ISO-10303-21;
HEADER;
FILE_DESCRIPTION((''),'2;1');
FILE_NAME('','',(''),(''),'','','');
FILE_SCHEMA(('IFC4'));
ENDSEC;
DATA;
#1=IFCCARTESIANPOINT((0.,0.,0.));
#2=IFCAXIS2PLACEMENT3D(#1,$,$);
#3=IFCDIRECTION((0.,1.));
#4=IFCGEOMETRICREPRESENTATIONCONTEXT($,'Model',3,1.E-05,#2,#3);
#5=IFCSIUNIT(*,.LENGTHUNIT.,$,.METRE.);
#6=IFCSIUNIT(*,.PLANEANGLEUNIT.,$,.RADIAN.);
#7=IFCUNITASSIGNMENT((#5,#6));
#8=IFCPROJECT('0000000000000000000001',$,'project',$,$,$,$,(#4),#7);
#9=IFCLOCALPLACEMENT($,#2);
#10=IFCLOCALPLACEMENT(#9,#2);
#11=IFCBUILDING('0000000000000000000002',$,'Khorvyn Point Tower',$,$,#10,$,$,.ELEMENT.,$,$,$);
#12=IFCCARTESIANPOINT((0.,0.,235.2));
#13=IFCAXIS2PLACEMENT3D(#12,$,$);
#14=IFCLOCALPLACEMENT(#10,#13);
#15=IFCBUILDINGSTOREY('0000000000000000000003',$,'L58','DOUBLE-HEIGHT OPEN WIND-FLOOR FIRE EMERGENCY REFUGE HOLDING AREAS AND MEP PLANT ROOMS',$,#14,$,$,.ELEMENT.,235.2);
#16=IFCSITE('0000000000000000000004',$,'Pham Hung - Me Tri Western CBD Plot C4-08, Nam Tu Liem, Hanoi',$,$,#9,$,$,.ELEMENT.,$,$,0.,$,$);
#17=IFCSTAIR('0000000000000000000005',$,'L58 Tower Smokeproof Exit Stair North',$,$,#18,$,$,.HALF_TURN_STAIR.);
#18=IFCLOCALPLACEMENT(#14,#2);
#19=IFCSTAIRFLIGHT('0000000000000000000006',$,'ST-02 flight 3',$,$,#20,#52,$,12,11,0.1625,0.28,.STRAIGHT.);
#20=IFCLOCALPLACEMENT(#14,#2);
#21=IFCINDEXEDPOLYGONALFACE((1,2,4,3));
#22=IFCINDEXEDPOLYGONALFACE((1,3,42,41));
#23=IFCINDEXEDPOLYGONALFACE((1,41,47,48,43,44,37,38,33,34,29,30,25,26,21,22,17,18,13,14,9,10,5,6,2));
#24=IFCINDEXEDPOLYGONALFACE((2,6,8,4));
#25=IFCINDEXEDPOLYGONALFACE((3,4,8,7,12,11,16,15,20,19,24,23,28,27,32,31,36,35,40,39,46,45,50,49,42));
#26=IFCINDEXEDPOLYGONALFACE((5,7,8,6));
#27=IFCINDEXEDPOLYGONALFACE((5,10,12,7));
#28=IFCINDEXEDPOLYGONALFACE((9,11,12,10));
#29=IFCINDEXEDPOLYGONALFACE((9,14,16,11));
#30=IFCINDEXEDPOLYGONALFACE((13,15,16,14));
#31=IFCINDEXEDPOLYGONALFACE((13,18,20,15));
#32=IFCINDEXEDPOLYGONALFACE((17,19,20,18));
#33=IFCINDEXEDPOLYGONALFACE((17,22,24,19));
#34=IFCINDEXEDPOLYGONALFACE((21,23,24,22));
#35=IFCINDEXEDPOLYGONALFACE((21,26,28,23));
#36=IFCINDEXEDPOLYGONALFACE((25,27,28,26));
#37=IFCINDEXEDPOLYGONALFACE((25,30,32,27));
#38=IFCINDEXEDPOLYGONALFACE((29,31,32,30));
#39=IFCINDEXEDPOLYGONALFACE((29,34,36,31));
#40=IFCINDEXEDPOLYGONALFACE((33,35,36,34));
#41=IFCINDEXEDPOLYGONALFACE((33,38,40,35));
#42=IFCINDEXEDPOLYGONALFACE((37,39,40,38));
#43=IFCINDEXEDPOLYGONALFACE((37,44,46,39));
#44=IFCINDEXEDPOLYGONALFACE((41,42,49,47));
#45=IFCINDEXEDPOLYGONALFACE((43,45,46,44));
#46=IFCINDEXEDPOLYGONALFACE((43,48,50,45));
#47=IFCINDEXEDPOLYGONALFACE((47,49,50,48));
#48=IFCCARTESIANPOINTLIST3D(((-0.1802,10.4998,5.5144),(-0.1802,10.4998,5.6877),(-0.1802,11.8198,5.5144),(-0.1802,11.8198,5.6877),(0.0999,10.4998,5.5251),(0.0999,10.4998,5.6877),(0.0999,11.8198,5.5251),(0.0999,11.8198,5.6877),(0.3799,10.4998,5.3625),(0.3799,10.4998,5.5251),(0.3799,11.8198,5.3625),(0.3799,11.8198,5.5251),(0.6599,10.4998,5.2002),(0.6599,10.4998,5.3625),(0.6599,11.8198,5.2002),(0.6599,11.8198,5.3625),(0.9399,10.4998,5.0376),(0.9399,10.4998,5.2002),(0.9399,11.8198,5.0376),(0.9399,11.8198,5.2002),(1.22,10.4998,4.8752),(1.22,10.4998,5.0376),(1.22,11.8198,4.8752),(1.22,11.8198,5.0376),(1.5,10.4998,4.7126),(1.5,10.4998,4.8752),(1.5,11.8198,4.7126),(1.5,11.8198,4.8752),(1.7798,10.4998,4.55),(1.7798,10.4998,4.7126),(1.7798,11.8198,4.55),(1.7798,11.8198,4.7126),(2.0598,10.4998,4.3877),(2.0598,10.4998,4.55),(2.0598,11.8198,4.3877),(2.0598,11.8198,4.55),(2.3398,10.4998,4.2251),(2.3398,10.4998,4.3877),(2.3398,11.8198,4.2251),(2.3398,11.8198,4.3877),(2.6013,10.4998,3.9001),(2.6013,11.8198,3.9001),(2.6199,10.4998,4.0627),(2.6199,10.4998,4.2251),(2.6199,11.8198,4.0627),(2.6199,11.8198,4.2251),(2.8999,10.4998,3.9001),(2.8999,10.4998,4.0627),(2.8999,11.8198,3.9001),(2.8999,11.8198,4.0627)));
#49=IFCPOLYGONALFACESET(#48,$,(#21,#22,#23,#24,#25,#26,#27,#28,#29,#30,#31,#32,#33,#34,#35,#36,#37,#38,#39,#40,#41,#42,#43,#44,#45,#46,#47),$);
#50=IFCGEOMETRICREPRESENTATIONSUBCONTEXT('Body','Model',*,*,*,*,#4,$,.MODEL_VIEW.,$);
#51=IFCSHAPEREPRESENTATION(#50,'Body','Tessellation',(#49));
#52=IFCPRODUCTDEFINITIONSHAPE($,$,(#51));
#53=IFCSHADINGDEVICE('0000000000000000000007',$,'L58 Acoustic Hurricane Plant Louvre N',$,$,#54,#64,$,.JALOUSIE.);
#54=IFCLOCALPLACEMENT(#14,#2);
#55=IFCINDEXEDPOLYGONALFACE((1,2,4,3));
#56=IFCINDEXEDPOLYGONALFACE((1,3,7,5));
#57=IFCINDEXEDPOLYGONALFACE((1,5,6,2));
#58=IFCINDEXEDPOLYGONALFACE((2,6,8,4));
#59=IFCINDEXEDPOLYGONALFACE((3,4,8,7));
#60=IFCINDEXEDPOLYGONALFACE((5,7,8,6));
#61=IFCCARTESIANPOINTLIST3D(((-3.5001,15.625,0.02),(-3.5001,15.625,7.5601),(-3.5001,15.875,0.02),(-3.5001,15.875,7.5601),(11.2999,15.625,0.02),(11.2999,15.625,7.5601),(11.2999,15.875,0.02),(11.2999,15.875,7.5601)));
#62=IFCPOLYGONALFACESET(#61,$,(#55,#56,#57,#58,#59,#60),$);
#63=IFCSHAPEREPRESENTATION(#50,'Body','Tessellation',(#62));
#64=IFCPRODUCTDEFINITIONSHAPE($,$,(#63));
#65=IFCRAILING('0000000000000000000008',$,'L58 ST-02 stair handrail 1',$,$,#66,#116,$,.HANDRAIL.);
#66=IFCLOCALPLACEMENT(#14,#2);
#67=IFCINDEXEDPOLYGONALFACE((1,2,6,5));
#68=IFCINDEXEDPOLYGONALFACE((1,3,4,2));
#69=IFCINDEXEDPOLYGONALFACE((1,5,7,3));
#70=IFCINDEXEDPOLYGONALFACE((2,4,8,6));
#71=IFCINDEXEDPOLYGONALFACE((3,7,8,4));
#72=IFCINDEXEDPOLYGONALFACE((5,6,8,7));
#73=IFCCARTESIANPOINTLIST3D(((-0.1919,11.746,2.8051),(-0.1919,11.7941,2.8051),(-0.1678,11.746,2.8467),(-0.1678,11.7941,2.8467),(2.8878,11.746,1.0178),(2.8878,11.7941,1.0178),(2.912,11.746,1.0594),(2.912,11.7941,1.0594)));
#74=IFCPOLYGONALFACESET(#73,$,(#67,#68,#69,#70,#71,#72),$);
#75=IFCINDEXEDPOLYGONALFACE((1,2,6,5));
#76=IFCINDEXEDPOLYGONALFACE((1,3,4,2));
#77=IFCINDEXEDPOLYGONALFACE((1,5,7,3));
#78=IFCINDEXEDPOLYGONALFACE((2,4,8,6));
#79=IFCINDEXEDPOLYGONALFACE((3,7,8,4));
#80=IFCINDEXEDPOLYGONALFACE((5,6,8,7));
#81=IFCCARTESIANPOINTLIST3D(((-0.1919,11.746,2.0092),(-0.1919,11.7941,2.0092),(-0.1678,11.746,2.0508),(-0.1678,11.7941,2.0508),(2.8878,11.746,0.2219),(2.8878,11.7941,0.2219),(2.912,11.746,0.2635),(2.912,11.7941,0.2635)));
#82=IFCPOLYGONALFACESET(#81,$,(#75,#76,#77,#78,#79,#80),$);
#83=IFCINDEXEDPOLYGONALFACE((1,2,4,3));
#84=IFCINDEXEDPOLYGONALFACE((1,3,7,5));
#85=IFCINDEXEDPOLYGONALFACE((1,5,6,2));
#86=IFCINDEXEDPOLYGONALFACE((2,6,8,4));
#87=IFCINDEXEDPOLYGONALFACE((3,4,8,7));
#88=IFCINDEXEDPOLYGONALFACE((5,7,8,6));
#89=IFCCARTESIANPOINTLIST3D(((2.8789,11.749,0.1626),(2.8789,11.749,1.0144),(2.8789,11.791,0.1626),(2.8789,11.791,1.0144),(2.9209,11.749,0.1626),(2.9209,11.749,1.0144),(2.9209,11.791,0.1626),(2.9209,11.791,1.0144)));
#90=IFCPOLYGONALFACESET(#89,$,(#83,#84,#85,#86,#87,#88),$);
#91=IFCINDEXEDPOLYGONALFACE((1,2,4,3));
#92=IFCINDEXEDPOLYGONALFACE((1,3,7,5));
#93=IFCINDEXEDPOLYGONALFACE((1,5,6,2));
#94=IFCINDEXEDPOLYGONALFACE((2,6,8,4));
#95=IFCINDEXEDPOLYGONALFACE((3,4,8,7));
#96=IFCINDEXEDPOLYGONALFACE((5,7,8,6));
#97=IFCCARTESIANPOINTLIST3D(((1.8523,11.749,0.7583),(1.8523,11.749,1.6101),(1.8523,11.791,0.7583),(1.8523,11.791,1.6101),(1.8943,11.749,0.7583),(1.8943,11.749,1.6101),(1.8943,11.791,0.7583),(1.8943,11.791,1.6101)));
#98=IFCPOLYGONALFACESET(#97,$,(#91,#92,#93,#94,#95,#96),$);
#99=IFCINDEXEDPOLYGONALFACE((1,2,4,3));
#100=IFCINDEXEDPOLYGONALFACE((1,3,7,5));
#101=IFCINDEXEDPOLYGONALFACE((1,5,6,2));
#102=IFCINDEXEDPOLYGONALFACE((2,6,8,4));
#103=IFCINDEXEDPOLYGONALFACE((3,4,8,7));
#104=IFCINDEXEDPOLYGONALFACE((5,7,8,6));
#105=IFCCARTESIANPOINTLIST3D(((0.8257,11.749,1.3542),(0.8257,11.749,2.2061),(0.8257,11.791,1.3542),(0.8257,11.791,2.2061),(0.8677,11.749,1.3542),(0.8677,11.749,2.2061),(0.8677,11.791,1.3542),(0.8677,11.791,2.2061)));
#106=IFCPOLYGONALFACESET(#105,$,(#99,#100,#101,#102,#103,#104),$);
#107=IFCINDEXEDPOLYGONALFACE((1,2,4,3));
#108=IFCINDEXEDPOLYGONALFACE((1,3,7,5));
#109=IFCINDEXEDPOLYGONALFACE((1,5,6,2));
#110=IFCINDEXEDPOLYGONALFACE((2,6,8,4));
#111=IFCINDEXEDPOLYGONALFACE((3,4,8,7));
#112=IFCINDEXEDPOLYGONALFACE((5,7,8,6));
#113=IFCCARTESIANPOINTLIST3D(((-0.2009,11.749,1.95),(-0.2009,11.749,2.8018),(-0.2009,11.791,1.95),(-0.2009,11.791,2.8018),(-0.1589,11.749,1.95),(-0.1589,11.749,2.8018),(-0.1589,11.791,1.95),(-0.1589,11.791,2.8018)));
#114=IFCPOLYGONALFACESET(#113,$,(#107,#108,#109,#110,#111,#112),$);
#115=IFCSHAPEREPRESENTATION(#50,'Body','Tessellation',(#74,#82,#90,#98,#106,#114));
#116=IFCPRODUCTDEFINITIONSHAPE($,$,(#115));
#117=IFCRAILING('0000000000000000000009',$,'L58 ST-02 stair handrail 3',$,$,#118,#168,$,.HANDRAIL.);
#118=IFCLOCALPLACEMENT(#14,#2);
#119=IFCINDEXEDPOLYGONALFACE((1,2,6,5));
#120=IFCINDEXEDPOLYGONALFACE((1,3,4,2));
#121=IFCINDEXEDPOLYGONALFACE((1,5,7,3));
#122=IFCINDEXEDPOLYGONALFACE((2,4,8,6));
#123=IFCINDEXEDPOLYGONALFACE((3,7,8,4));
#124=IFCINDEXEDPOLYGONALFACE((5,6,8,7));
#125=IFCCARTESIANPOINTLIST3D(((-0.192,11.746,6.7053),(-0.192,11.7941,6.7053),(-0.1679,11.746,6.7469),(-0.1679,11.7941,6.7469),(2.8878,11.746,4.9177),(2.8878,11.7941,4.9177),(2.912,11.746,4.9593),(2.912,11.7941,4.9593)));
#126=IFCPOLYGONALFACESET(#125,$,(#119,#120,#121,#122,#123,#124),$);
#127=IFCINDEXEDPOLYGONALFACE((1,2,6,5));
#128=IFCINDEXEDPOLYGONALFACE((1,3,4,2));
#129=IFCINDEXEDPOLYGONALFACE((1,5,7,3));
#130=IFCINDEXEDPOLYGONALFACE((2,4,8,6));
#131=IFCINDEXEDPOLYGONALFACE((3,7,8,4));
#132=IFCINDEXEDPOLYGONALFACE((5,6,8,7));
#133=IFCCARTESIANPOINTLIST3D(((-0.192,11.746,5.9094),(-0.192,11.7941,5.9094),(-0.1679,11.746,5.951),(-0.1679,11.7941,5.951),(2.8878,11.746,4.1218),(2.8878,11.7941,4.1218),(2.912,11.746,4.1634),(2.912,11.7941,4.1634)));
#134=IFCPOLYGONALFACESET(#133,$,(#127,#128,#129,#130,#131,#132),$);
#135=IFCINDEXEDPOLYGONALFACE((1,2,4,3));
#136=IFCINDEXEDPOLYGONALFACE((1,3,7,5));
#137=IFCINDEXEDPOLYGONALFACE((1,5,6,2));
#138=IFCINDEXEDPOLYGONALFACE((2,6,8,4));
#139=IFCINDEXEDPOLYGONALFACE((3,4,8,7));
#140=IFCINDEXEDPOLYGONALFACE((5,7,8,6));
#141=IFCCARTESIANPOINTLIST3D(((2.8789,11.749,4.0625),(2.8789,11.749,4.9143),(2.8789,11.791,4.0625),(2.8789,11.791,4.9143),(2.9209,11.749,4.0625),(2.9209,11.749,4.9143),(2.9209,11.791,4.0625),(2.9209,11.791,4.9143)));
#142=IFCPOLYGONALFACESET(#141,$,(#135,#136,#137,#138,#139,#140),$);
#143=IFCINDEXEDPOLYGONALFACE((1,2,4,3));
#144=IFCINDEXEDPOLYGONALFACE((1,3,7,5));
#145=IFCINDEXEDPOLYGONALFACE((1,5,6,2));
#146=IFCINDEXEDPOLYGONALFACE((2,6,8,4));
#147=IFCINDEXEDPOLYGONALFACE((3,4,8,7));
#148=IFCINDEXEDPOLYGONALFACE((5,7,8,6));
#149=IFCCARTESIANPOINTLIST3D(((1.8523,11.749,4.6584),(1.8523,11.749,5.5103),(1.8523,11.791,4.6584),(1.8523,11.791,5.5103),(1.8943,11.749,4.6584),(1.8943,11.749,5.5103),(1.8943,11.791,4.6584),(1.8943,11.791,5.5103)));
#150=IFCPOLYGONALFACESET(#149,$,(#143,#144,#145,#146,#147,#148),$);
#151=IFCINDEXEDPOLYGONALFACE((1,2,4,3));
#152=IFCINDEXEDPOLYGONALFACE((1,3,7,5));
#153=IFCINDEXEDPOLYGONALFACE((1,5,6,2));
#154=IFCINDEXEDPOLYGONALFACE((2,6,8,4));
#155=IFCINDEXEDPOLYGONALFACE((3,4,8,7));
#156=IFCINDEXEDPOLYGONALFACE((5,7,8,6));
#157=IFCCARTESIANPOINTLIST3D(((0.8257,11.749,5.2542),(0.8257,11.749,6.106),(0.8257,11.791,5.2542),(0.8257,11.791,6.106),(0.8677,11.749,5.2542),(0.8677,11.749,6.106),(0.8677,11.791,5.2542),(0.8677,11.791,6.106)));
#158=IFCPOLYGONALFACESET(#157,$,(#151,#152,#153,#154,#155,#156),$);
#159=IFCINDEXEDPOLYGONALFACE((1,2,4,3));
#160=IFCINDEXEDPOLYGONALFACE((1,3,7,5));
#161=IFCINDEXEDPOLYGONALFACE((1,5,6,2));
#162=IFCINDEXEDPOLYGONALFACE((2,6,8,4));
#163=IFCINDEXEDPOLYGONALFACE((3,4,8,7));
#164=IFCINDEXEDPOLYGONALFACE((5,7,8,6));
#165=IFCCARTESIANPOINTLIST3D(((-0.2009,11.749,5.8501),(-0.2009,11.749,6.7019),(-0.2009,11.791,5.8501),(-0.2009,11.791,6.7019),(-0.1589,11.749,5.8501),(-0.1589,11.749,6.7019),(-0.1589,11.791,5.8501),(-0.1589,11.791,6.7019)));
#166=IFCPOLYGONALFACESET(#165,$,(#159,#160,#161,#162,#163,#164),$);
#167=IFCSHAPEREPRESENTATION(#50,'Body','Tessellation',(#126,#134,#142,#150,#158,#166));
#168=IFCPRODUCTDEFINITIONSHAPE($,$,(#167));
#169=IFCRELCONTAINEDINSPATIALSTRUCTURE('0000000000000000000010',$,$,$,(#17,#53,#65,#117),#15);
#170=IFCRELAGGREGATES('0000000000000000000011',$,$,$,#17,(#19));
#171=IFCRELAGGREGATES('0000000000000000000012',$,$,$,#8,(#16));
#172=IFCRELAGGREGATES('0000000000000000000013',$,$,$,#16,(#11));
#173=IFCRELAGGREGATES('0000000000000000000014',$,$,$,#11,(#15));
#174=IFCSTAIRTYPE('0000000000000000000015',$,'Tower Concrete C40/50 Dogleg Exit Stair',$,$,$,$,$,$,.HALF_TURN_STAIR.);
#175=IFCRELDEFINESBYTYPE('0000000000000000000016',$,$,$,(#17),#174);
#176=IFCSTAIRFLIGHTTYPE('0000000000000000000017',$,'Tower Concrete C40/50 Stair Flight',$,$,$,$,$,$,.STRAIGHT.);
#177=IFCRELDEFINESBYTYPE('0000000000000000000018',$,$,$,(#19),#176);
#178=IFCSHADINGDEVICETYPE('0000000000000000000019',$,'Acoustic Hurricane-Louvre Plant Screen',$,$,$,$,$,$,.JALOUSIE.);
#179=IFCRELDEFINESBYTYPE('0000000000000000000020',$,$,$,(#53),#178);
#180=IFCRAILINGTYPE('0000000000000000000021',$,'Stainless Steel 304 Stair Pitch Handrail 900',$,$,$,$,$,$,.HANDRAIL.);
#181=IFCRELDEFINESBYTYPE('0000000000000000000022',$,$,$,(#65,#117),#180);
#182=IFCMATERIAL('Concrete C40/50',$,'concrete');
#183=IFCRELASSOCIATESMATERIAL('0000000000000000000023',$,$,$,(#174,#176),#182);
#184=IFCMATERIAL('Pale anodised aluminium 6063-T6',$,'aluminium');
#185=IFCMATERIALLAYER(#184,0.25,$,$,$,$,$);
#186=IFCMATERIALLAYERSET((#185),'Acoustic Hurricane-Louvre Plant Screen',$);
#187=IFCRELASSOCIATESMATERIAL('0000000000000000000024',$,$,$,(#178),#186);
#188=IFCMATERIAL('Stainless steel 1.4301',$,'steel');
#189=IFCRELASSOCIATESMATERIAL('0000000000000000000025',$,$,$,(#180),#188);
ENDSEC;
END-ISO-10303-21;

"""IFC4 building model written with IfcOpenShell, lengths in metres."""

from ifc_helpers import new_model, si_unit, direction, frame, origin, origin_2d, place, context, subcontext, project, spatial, polyline, rectangle, outline, extrude, material, layer, layer_set, type_object, element, aggregate, save


model = new_model("IFC4")

# Units and contexts
model_context = context("Model", 3, precision=1e-05, world=origin(), true_north=direction((0.0, 1.0)))
body_context = subcontext(model_context, "Body", "Model", "MODEL_VIEW")
ifc_project = project(units=[si_unit("LENGTHUNIT", "METRE"), si_unit("PLANEANGLEUNIT", "RADIAN")], contexts=[model_context])

# Site, building, storey
site_placement = place(None, origin())
site = spatial("IfcSite", under=ifc_project, at=site_placement, Name="Pham Hung - Me Tri Western CBD Plot C4-08, Nam Tu Liem, Hanoi", CompositionType="ELEMENT", RefElevation=0.0)
building_placement = place(site_placement, origin())
building = spatial("IfcBuilding", under=site, at=building_placement, Name="Khorvyn Point Tower", CompositionType="ELEMENT")
storey_placement = place(building_placement, frame((0.0, 0.0, 235.2)))
storey = spatial("IfcBuildingStorey", under=building, at=storey_placement, Name="L58", Description="DOUBLE-HEIGHT OPEN WIND-FLOOR FIRE EMERGENCY REFUGE HOLDING AREAS AND MEP PLANT ROOMS", CompositionType="ELEMENT", Elevation=235.2)

# Shared definitions
ifc_material_1 = material(Name="Concrete C40/50", Category="concrete")

# Stair, stair flight
stair_type = type_object("IfcStairType", Name="Tower Concrete C40/50 Dogleg Exit Stair", PredefinedType="HALF_TURN_STAIR", material=ifc_material_1)
stair_placement = place(storey_placement, origin())
stair = element("IfcStair", 1, at=stair_placement, inside=storey, type_object=stair_type, Name="L58 Tower Smokeproof Exit Stair North", PredefinedType="HALF_TURN_STAIR")
stair_flight_type = type_object("IfcStairFlightType", Name="Tower Concrete C40/50 Stair Flight", PredefinedType="STRAIGHT", material=ifc_material_1)
stair_flight_1_placement = place(storey_placement, frame((2.8999, 11.1599, 3.9001), z_axis=(0.0, 0.0, 1.0), x_axis=(-1.0, 0.0, 0.0)))
stair_flight_1 = element("IfcStairFlight", 2, at=stair_flight_1_placement, type_object=stair_flight_type, Name="ST-02 flight 3", NumberOfRisers=12, NumberOfTreads=11, PredefinedType="STRAIGHT", RiserHeight=0.1625, TreadLength=0.28, context=body_context, shape_type="SweptSolid", body=[
    extrude(outline(polyline([(0.0, 0.0), (0.0, 0.1626), (0.28, 0.1626), (0.28, 0.325), (0.5601, 0.325), (0.5601, 0.4875), (0.8401, 0.4875), (0.8401, 0.6499), (1.1201, 0.6499), (1.1201, 0.8125), (1.3999, 0.8125), (1.3999, 0.9751), (1.6799, 0.9751), (1.6799, 1.1375), (1.96, 1.1375), (1.96, 1.3), (2.24, 1.3), (2.24, 1.4624), (2.52, 1.4624), (2.52, 1.625), (2.8, 1.625), (2.8, 1.7876), (3.0801, 1.7876), (3.0801, 1.95), (3.0801, 1.6143), (0.2986, 0.0), (0.0, 0.0)])), frame((0.0, 0.6602, 0.0), z_axis=(0.0, -1.0, 0.0), x_axis=(1.0, 0.0, 0.0)), (0.0, 0.0, 1.0), 1.3201),
])
aggregate(stair, [stair_flight_1])

# Shading device
ifc_material_2 = material(Name="Pale anodised aluminium 6063-T6", Category="aluminium")
ifc_layer_1 = layer(ifc_material_2, 0.25)
ifc_layer_set_1 = layer_set([ifc_layer_1], Name="Acoustic Hurricane-Louvre Plant Screen")
shading_device_type = type_object("IfcShadingDeviceType", Name="Acoustic Hurricane-Louvre Plant Screen", PredefinedType="JALOUSIE", material=ifc_layer_set_1)
shading_device_placement = place(storey_placement, frame((3.8999, 15.75, 0.02), z_axis=(0.0, 0.0, 1.0), x_axis=(1.0, 0.0, 0.0)))
element("IfcShadingDevice", 3, at=shading_device_placement, inside=storey, type_object=shading_device_type, Name="L58 Acoustic Hurricane Plant Louvre N", PredefinedType="JALOUSIE", context=body_context, shape_type="SweptSolid", body=[
    extrude(rectangle(XDim=14.8, YDim=0.25, at=origin_2d()), origin(), (0.0, 0.0, 1.0), 7.54),
])

# Railings
ifc_material_3 = material(Name="Stainless steel 1.4301", Category="steel")
railing_type_1 = type_object("IfcRailingType", Name="Stainless Steel 304 Stair Pitch Handrail 900", PredefinedType="HANDRAIL", material=ifc_material_3)
railing_1_placement = place(storey_placement, frame((2.8999, 11.77, 0.1626)))
element("IfcRailing", 4, at=railing_1_placement, inside=storey, type_object=railing_type_1, Name="L58 ST-02 stair handrail 1", PredefinedType="HANDRAIL", context=body_context, shape_type="SweptSolid", body=[
    extrude(rectangle(XDim=0.0481, YDim=0.0481, at=origin_2d()), frame((0.0, 0.0, 0.876), z_axis=(-0.864903, 0.0, 0.501939), x_axis=(0.0, -1.0, 0.0)), (0.0, 0.0, 1.0), 3.5608),
    extrude(rectangle(XDim=0.0481, YDim=0.0481, at=origin_2d()), frame((0.0, 0.0, 0.0801), z_axis=(-0.864903, 0.0, 0.501939), x_axis=(0.0, -1.0, 0.0)), (0.0, 0.0, 1.0), 3.5608),
    extrude(rectangle(XDim=0.042, YDim=0.042, at=origin_2d()), origin(), (0.0, 0.0, 1.0), 0.8518),
    extrude(rectangle(XDim=0.042, YDim=0.042, at=origin_2d()), frame((-1.0266, 0.0, 0.5957)), (0.0, 0.0, 1.0), 0.8518),
    extrude(rectangle(XDim=0.042, YDim=0.042, at=origin_2d()), frame((-2.0532, 0.0, 1.1917)), (0.0, 0.0, 1.0), 0.8518),
    extrude(rectangle(XDim=0.042, YDim=0.042, at=origin_2d()), frame((-3.0798, 0.0, 1.7874)), (0.0, 0.0, 1.0), 0.8518),
])
railing_2_placement = place(storey_placement, frame((2.8999, 11.77, 4.0625)))
element("IfcRailing", 5, at=railing_2_placement, inside=storey, type_object=railing_type_1, Name="L58 ST-02 stair handrail 3", PredefinedType="HANDRAIL", context=body_context, shape_type="SweptSolid", body=[
    extrude(rectangle(XDim=0.0481, YDim=0.0481, at=origin_2d()), frame((0.0, 0.0, 0.876), z_axis=(-0.864873, 0.0, 0.50199), x_axis=(0.0, -1.0, 0.0)), (0.0, 0.0, 1.0), 3.561),
    extrude(rectangle(XDim=0.0481, YDim=0.0481, at=origin_2d()), frame((0.0, 0.0, 0.0801), z_axis=(-0.864873, 0.0, 0.50199), x_axis=(0.0, -1.0, 0.0)), (0.0, 0.0, 1.0), 3.561),
    extrude(rectangle(XDim=0.042, YDim=0.042, at=origin_2d()), origin(), (0.0, 0.0, 1.0), 0.8518),
    extrude(rectangle(XDim=0.042, YDim=0.042, at=origin_2d()), frame((-1.0266, 0.0, 0.5959)), (0.0, 0.0, 1.0), 0.8518),
    extrude(rectangle(XDim=0.042, YDim=0.042, at=origin_2d()), frame((-2.0532, 0.0, 1.1917)), (0.0, 0.0, 1.0), 0.8518),
    extrude(rectangle(XDim=0.042, YDim=0.042, at=origin_2d()), frame((-3.0798, 0.0, 1.7876)), (0.0, 0.0, 1.0), 0.8518),
])

save(model, "model.ifc")
